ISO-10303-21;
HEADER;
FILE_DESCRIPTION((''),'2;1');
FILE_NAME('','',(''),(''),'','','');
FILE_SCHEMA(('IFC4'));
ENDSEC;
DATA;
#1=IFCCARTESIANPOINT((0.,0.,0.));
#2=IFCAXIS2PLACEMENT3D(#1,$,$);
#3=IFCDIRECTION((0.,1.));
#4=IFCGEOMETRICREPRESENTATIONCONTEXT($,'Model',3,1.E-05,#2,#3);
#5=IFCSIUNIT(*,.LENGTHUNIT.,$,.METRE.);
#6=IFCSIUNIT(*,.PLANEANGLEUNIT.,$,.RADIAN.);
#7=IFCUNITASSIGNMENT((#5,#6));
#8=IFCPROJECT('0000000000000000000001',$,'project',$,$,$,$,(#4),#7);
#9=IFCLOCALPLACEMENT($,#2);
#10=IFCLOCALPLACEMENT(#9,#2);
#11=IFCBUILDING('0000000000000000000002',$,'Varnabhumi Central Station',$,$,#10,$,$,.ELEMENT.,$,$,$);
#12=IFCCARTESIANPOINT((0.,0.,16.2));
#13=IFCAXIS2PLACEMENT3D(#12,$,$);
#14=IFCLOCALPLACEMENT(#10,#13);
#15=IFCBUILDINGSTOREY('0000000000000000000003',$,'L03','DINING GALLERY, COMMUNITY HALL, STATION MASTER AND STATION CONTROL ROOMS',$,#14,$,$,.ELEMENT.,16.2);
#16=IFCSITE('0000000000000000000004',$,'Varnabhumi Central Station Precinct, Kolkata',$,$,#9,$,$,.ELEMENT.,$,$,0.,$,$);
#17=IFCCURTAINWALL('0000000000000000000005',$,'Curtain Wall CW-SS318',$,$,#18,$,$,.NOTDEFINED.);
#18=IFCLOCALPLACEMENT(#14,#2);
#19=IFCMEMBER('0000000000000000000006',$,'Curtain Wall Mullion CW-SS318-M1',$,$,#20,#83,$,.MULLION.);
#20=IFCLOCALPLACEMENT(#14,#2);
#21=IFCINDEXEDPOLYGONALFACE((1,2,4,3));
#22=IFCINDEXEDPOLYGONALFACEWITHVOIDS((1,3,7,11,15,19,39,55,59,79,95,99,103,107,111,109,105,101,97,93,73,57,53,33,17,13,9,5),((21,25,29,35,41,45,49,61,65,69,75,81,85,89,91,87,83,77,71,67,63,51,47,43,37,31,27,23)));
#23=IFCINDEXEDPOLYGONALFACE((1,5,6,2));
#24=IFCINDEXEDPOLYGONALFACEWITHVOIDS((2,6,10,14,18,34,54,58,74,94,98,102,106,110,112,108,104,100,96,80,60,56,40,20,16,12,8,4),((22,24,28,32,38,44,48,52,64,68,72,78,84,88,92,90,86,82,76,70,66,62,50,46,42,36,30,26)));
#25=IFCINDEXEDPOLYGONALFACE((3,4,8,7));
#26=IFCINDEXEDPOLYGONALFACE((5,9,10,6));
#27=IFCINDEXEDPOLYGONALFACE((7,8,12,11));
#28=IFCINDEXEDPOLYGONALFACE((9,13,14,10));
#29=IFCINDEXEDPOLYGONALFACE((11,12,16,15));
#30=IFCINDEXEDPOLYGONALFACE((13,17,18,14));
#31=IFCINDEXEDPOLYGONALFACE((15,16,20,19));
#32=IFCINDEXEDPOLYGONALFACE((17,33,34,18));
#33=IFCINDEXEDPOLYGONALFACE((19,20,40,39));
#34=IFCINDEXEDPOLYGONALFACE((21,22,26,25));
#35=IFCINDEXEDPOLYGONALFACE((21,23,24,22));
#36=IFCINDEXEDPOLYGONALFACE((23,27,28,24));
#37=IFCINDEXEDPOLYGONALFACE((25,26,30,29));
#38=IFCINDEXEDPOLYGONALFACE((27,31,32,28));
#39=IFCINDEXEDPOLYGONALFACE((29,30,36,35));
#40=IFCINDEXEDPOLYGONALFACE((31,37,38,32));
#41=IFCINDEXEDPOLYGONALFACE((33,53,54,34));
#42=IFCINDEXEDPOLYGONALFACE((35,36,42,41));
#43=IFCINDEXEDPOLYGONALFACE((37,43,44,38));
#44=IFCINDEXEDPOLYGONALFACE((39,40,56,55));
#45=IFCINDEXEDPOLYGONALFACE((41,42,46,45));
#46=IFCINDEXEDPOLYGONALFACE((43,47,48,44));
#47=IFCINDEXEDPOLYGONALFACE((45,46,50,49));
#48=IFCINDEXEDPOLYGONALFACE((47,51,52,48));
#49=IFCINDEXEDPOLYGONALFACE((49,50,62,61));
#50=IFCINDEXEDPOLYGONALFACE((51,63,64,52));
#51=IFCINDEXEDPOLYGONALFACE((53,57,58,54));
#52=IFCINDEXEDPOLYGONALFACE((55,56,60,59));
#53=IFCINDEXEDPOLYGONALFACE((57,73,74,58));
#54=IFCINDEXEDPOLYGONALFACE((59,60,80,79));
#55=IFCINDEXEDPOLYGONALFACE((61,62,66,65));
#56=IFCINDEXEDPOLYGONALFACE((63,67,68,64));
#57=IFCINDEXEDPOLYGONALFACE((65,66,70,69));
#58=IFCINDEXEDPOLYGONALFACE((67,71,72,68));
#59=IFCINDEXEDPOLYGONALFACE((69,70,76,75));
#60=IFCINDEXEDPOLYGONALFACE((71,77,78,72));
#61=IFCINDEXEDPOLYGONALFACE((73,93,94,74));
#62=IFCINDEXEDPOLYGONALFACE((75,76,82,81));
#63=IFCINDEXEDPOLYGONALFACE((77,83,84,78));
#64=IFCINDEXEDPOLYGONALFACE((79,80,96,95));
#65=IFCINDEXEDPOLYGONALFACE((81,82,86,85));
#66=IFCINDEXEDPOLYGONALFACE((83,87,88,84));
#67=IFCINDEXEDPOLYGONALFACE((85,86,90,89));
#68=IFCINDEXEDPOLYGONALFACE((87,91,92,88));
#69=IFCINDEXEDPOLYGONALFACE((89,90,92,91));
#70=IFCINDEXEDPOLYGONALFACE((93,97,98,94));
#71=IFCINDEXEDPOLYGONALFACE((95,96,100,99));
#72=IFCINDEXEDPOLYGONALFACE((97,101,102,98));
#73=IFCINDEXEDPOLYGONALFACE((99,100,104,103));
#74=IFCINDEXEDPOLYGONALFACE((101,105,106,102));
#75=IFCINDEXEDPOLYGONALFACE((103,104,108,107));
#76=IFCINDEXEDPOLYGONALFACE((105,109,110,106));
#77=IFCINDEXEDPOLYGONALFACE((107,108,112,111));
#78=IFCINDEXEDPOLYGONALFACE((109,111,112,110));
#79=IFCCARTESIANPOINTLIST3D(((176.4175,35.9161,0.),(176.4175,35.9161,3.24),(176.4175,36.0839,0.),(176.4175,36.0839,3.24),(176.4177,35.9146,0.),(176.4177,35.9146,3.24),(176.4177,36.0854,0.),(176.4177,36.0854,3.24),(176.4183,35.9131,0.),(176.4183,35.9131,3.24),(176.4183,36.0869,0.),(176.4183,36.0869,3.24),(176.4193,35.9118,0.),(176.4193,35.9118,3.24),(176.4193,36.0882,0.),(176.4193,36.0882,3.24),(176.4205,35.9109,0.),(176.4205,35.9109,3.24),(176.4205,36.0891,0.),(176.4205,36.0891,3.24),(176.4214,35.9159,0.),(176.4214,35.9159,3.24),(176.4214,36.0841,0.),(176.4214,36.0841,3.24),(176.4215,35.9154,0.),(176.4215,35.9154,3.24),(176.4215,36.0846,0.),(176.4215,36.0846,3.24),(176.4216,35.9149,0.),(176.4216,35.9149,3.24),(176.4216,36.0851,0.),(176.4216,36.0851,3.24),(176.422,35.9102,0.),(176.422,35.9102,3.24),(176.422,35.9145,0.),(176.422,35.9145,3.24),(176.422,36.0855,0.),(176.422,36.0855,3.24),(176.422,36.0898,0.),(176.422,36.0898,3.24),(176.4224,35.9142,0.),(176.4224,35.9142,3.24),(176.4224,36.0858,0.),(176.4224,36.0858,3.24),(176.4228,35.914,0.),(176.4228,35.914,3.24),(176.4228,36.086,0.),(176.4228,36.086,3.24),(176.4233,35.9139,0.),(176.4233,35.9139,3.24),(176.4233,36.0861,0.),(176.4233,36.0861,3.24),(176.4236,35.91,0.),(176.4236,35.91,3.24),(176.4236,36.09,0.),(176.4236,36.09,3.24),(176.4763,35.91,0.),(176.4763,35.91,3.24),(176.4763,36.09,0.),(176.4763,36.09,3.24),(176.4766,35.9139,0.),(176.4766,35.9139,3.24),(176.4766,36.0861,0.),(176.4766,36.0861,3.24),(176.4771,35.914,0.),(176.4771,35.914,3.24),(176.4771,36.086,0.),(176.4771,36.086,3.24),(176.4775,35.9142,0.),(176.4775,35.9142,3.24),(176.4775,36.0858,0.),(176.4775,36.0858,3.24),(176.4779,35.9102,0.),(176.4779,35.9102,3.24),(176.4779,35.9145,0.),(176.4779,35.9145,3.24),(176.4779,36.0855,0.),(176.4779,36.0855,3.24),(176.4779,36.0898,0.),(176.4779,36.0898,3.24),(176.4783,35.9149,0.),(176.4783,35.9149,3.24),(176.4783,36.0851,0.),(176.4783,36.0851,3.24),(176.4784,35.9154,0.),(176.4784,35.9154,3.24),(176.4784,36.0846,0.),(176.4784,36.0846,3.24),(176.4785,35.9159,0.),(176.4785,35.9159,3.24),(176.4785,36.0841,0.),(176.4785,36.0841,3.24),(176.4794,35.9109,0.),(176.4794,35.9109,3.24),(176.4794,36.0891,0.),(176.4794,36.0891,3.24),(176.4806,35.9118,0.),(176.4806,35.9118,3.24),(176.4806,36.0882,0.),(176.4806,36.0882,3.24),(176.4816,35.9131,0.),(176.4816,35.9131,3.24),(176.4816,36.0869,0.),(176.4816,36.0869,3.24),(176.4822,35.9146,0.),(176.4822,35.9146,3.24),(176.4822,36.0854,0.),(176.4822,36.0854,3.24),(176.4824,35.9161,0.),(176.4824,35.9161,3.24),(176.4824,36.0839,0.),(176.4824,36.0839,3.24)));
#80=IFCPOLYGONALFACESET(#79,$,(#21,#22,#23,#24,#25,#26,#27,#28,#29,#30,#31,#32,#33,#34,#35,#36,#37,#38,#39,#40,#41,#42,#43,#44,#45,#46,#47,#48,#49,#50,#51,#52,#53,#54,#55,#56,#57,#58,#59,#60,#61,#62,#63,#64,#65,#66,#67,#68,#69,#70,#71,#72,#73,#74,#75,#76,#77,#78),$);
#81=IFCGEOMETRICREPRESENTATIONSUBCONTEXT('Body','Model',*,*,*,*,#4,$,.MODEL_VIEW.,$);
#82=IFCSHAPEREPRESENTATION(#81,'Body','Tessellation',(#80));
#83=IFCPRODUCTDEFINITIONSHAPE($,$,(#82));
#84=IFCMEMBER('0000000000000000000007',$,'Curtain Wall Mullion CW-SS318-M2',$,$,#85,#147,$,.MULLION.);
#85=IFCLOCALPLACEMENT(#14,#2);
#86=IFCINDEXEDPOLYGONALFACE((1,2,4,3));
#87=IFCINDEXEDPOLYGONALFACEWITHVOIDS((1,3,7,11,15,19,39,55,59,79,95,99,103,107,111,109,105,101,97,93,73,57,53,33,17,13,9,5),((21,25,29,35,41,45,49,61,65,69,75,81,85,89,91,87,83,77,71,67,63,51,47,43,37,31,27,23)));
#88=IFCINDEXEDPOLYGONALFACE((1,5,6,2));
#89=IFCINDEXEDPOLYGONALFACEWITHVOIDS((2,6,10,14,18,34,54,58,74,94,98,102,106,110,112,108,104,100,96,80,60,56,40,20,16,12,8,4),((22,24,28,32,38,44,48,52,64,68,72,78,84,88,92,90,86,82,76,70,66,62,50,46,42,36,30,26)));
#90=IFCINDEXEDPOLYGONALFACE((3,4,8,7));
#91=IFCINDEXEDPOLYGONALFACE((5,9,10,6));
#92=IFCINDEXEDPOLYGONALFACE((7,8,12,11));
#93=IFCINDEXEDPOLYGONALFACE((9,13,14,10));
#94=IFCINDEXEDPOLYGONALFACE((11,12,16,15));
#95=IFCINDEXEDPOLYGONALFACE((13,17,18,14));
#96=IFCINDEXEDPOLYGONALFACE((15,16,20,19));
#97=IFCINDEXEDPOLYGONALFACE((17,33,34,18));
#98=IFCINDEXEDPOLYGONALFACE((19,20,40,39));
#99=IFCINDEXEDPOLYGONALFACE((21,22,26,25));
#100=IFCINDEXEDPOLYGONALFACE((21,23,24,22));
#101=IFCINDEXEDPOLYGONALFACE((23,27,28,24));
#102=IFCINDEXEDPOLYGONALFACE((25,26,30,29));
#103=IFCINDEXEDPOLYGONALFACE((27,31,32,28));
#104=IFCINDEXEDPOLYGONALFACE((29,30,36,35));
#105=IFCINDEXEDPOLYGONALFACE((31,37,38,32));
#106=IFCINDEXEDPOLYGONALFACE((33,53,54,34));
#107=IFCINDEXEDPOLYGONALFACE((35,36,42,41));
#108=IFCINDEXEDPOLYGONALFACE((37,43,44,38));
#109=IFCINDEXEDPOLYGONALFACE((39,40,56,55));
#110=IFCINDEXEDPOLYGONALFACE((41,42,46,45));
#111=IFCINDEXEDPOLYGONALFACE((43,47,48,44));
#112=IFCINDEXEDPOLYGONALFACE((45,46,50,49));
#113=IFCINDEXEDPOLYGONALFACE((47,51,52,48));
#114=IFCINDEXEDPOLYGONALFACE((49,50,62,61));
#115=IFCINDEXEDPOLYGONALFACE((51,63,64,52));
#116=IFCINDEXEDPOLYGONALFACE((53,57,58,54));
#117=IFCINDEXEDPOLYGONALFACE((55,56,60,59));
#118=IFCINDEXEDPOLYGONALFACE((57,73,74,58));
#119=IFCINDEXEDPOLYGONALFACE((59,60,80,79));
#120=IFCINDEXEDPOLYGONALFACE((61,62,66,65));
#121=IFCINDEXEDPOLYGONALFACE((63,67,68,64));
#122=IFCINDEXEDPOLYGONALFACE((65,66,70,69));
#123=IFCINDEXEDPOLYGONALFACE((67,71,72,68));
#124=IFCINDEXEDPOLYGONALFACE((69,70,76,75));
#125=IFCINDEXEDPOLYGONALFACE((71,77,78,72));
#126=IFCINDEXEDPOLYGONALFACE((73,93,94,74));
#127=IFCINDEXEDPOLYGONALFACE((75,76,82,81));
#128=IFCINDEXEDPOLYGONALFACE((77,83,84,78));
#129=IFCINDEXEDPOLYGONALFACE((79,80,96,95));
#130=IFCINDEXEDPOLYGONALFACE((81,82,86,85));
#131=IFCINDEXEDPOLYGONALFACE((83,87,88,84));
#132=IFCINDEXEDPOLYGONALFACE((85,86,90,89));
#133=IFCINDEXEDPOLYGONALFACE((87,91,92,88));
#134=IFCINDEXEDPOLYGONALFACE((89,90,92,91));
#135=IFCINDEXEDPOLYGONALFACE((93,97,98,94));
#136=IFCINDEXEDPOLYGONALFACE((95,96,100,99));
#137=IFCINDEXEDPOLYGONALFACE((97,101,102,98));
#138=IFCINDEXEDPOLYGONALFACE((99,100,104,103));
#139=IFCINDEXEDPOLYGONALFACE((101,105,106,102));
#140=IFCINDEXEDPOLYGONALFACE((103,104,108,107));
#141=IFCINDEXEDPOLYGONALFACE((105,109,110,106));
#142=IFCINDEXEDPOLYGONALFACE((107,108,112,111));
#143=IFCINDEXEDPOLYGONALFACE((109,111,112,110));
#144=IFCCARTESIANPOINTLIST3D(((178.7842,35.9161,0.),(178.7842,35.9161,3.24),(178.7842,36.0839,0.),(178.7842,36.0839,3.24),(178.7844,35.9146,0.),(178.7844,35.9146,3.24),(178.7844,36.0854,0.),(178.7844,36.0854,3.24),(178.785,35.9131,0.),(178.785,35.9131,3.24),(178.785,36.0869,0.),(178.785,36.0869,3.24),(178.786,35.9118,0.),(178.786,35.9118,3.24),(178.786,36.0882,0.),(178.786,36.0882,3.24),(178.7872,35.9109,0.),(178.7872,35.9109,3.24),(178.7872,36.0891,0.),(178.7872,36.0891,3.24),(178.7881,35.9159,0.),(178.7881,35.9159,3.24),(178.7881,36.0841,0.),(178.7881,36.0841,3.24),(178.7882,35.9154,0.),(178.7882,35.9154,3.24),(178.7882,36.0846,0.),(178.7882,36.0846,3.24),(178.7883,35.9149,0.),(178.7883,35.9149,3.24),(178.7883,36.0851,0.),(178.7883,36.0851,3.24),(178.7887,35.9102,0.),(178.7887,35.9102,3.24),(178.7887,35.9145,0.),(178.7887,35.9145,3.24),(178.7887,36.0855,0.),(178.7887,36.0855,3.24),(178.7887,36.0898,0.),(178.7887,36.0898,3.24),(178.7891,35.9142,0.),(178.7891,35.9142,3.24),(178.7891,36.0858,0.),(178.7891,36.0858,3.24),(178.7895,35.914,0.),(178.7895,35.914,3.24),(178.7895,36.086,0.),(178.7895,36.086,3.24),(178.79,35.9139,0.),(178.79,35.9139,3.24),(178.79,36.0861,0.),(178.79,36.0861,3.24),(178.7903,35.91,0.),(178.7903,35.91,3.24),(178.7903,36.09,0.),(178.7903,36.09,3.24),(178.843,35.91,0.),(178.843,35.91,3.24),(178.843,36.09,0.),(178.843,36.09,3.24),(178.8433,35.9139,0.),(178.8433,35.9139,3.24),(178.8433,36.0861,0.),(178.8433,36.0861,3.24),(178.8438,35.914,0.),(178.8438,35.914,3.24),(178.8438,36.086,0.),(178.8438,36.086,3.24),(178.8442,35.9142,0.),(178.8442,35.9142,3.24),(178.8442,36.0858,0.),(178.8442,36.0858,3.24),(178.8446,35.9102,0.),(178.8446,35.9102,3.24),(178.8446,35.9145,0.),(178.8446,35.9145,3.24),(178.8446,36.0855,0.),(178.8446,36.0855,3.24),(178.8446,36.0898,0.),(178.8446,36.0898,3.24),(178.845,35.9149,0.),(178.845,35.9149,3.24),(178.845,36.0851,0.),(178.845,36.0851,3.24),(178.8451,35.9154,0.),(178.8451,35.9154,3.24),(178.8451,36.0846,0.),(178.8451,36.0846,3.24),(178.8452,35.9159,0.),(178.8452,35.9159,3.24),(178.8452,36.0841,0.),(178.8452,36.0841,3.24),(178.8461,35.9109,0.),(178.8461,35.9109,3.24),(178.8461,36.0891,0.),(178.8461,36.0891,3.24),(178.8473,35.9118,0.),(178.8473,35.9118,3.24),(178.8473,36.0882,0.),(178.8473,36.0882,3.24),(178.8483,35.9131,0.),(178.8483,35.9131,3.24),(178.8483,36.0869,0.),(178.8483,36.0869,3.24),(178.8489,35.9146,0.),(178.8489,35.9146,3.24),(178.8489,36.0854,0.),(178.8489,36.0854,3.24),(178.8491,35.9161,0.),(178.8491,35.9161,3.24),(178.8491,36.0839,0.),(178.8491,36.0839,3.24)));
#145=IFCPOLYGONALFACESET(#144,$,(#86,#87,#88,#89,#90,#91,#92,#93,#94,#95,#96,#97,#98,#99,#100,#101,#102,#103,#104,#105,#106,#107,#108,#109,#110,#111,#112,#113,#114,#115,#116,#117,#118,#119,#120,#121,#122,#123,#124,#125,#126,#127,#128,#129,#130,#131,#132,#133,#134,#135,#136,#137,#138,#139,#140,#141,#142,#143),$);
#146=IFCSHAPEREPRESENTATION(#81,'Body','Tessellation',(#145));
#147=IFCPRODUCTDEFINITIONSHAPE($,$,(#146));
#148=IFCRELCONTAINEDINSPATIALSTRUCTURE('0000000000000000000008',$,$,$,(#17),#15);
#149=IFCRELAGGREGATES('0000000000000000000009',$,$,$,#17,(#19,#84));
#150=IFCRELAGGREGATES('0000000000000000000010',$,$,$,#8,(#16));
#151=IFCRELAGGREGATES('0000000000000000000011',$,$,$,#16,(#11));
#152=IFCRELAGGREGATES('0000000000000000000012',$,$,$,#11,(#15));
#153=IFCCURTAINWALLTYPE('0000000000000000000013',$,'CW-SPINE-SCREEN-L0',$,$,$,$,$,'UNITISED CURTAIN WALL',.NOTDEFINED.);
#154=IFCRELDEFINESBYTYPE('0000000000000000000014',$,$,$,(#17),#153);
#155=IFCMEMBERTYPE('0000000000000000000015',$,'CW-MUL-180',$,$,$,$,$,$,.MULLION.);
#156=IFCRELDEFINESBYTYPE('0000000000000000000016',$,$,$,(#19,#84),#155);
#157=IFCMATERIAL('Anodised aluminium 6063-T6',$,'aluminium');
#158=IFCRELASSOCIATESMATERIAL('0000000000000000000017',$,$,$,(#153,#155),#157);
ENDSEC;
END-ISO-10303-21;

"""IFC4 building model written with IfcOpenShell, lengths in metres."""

from ifc_helpers import new_model, si_unit, direction, frame, origin, origin_2d, place, context, subcontext, project, spatial, hollow_rectangle, extrude, material, material_profile, profile_set, type_object, element, aggregate, save


model = new_model("IFC4")

# Units and contexts
model_context = context("Model", 3, precision=1e-05, world=origin(), true_north=direction((0.0, 1.0)))
body_context = subcontext(model_context, "Body", "Model", "MODEL_VIEW")
ifc_project = project(units=[si_unit("LENGTHUNIT", "METRE"), si_unit("PLANEANGLEUNIT", "RADIAN")], contexts=[model_context])

# Site, building, storey
site_placement = place(None, origin())
site = spatial("IfcSite", under=ifc_project, at=site_placement, Name="Varnabhumi Central Station Precinct, Kolkata", CompositionType="ELEMENT", RefElevation=0.0)
building_placement = place(site_placement, origin())
building = spatial("IfcBuilding", under=site, at=building_placement, Name="Varnabhumi Central Station", CompositionType="ELEMENT")
storey_placement = place(building_placement, frame((0.0, 0.0, 16.2)))
storey = spatial("IfcBuildingStorey", under=building, at=storey_placement, Name="L03", Description="DINING GALLERY, COMMUNITY HALL, STATION MASTER AND STATION CONTROL ROOMS", CompositionType="ELEMENT", Elevation=16.2)

# Curtain wall, members
ifc_material_1 = material(Name="Anodised aluminium 6063-T6", Category="aluminium")
curtain_wall_type = type_object("IfcCurtainWallType", Name="CW-SPINE-SCREEN-L0", ElementType="UNITISED CURTAIN WALL", PredefinedType="NOTDEFINED", material=ifc_material_1)
curtain_wall_placement = place(storey_placement, origin())
curtain_wall = element("IfcCurtainWall", 1, at=curtain_wall_placement, inside=storey, type_object=curtain_wall_type, Name="Curtain Wall CW-SS318", PredefinedType="NOTDEFINED")
ifc_material_profile_1 = material_profile(ifc_material_1, hollow_rectangle(XDim=0.0649, YDim=0.1799, WallThickness=0.0039, InnerFilletRadius=0.002, OuterFilletRadius=0.0061, at=origin_2d()), Name="Anodised aluminium 6063-T6", Category="aluminium")
ifc_profile_set_1 = profile_set([ifc_material_profile_1], Name="Anodised aluminium 6063-T6")
member_type_1 = type_object("IfcMemberType", Name="CW-MUL-180", PredefinedType="MULLION", material=ifc_profile_set_1)
member_1_placement = place(storey_placement, frame((176.45, 36.0, 0.0), z_axis=(0.0, 0.0, 1.0), x_axis=(1.0, 0.0, 0.0)))
member_1 = element("IfcMember", 2, at=member_1_placement, type_object=member_type_1, Name="Curtain Wall Mullion CW-SS318-M1", PredefinedType="MULLION", context=body_context, shape_type="SweptSolid", body=[
    extrude(hollow_rectangle(XDim=0.0649, YDim=0.1799, WallThickness=0.0039, InnerFilletRadius=0.002, OuterFilletRadius=0.0061, at=origin_2d()), origin(), (0.0, 0.0, 1.0), 3.24),
])
member_2_placement = place(storey_placement, frame((178.8167, 36.0, 0.0), z_axis=(0.0, 0.0, 1.0), x_axis=(1.0, 0.0, 0.0)))
member_2 = element("IfcMember", 3, at=member_2_placement, type_object=member_type_1, Name="Curtain Wall Mullion CW-SS318-M2", PredefinedType="MULLION", context=body_context, shape_type="SweptSolid", body=[
    extrude(hollow_rectangle(XDim=0.0649, YDim=0.1799, WallThickness=0.0039, InnerFilletRadius=0.002, OuterFilletRadius=0.0061, at=origin_2d()), origin(), (0.0, 0.0, 1.0), 3.24),
])

aggregate(curtain_wall, [member_1, member_2])

save(model, "model.ifc")
